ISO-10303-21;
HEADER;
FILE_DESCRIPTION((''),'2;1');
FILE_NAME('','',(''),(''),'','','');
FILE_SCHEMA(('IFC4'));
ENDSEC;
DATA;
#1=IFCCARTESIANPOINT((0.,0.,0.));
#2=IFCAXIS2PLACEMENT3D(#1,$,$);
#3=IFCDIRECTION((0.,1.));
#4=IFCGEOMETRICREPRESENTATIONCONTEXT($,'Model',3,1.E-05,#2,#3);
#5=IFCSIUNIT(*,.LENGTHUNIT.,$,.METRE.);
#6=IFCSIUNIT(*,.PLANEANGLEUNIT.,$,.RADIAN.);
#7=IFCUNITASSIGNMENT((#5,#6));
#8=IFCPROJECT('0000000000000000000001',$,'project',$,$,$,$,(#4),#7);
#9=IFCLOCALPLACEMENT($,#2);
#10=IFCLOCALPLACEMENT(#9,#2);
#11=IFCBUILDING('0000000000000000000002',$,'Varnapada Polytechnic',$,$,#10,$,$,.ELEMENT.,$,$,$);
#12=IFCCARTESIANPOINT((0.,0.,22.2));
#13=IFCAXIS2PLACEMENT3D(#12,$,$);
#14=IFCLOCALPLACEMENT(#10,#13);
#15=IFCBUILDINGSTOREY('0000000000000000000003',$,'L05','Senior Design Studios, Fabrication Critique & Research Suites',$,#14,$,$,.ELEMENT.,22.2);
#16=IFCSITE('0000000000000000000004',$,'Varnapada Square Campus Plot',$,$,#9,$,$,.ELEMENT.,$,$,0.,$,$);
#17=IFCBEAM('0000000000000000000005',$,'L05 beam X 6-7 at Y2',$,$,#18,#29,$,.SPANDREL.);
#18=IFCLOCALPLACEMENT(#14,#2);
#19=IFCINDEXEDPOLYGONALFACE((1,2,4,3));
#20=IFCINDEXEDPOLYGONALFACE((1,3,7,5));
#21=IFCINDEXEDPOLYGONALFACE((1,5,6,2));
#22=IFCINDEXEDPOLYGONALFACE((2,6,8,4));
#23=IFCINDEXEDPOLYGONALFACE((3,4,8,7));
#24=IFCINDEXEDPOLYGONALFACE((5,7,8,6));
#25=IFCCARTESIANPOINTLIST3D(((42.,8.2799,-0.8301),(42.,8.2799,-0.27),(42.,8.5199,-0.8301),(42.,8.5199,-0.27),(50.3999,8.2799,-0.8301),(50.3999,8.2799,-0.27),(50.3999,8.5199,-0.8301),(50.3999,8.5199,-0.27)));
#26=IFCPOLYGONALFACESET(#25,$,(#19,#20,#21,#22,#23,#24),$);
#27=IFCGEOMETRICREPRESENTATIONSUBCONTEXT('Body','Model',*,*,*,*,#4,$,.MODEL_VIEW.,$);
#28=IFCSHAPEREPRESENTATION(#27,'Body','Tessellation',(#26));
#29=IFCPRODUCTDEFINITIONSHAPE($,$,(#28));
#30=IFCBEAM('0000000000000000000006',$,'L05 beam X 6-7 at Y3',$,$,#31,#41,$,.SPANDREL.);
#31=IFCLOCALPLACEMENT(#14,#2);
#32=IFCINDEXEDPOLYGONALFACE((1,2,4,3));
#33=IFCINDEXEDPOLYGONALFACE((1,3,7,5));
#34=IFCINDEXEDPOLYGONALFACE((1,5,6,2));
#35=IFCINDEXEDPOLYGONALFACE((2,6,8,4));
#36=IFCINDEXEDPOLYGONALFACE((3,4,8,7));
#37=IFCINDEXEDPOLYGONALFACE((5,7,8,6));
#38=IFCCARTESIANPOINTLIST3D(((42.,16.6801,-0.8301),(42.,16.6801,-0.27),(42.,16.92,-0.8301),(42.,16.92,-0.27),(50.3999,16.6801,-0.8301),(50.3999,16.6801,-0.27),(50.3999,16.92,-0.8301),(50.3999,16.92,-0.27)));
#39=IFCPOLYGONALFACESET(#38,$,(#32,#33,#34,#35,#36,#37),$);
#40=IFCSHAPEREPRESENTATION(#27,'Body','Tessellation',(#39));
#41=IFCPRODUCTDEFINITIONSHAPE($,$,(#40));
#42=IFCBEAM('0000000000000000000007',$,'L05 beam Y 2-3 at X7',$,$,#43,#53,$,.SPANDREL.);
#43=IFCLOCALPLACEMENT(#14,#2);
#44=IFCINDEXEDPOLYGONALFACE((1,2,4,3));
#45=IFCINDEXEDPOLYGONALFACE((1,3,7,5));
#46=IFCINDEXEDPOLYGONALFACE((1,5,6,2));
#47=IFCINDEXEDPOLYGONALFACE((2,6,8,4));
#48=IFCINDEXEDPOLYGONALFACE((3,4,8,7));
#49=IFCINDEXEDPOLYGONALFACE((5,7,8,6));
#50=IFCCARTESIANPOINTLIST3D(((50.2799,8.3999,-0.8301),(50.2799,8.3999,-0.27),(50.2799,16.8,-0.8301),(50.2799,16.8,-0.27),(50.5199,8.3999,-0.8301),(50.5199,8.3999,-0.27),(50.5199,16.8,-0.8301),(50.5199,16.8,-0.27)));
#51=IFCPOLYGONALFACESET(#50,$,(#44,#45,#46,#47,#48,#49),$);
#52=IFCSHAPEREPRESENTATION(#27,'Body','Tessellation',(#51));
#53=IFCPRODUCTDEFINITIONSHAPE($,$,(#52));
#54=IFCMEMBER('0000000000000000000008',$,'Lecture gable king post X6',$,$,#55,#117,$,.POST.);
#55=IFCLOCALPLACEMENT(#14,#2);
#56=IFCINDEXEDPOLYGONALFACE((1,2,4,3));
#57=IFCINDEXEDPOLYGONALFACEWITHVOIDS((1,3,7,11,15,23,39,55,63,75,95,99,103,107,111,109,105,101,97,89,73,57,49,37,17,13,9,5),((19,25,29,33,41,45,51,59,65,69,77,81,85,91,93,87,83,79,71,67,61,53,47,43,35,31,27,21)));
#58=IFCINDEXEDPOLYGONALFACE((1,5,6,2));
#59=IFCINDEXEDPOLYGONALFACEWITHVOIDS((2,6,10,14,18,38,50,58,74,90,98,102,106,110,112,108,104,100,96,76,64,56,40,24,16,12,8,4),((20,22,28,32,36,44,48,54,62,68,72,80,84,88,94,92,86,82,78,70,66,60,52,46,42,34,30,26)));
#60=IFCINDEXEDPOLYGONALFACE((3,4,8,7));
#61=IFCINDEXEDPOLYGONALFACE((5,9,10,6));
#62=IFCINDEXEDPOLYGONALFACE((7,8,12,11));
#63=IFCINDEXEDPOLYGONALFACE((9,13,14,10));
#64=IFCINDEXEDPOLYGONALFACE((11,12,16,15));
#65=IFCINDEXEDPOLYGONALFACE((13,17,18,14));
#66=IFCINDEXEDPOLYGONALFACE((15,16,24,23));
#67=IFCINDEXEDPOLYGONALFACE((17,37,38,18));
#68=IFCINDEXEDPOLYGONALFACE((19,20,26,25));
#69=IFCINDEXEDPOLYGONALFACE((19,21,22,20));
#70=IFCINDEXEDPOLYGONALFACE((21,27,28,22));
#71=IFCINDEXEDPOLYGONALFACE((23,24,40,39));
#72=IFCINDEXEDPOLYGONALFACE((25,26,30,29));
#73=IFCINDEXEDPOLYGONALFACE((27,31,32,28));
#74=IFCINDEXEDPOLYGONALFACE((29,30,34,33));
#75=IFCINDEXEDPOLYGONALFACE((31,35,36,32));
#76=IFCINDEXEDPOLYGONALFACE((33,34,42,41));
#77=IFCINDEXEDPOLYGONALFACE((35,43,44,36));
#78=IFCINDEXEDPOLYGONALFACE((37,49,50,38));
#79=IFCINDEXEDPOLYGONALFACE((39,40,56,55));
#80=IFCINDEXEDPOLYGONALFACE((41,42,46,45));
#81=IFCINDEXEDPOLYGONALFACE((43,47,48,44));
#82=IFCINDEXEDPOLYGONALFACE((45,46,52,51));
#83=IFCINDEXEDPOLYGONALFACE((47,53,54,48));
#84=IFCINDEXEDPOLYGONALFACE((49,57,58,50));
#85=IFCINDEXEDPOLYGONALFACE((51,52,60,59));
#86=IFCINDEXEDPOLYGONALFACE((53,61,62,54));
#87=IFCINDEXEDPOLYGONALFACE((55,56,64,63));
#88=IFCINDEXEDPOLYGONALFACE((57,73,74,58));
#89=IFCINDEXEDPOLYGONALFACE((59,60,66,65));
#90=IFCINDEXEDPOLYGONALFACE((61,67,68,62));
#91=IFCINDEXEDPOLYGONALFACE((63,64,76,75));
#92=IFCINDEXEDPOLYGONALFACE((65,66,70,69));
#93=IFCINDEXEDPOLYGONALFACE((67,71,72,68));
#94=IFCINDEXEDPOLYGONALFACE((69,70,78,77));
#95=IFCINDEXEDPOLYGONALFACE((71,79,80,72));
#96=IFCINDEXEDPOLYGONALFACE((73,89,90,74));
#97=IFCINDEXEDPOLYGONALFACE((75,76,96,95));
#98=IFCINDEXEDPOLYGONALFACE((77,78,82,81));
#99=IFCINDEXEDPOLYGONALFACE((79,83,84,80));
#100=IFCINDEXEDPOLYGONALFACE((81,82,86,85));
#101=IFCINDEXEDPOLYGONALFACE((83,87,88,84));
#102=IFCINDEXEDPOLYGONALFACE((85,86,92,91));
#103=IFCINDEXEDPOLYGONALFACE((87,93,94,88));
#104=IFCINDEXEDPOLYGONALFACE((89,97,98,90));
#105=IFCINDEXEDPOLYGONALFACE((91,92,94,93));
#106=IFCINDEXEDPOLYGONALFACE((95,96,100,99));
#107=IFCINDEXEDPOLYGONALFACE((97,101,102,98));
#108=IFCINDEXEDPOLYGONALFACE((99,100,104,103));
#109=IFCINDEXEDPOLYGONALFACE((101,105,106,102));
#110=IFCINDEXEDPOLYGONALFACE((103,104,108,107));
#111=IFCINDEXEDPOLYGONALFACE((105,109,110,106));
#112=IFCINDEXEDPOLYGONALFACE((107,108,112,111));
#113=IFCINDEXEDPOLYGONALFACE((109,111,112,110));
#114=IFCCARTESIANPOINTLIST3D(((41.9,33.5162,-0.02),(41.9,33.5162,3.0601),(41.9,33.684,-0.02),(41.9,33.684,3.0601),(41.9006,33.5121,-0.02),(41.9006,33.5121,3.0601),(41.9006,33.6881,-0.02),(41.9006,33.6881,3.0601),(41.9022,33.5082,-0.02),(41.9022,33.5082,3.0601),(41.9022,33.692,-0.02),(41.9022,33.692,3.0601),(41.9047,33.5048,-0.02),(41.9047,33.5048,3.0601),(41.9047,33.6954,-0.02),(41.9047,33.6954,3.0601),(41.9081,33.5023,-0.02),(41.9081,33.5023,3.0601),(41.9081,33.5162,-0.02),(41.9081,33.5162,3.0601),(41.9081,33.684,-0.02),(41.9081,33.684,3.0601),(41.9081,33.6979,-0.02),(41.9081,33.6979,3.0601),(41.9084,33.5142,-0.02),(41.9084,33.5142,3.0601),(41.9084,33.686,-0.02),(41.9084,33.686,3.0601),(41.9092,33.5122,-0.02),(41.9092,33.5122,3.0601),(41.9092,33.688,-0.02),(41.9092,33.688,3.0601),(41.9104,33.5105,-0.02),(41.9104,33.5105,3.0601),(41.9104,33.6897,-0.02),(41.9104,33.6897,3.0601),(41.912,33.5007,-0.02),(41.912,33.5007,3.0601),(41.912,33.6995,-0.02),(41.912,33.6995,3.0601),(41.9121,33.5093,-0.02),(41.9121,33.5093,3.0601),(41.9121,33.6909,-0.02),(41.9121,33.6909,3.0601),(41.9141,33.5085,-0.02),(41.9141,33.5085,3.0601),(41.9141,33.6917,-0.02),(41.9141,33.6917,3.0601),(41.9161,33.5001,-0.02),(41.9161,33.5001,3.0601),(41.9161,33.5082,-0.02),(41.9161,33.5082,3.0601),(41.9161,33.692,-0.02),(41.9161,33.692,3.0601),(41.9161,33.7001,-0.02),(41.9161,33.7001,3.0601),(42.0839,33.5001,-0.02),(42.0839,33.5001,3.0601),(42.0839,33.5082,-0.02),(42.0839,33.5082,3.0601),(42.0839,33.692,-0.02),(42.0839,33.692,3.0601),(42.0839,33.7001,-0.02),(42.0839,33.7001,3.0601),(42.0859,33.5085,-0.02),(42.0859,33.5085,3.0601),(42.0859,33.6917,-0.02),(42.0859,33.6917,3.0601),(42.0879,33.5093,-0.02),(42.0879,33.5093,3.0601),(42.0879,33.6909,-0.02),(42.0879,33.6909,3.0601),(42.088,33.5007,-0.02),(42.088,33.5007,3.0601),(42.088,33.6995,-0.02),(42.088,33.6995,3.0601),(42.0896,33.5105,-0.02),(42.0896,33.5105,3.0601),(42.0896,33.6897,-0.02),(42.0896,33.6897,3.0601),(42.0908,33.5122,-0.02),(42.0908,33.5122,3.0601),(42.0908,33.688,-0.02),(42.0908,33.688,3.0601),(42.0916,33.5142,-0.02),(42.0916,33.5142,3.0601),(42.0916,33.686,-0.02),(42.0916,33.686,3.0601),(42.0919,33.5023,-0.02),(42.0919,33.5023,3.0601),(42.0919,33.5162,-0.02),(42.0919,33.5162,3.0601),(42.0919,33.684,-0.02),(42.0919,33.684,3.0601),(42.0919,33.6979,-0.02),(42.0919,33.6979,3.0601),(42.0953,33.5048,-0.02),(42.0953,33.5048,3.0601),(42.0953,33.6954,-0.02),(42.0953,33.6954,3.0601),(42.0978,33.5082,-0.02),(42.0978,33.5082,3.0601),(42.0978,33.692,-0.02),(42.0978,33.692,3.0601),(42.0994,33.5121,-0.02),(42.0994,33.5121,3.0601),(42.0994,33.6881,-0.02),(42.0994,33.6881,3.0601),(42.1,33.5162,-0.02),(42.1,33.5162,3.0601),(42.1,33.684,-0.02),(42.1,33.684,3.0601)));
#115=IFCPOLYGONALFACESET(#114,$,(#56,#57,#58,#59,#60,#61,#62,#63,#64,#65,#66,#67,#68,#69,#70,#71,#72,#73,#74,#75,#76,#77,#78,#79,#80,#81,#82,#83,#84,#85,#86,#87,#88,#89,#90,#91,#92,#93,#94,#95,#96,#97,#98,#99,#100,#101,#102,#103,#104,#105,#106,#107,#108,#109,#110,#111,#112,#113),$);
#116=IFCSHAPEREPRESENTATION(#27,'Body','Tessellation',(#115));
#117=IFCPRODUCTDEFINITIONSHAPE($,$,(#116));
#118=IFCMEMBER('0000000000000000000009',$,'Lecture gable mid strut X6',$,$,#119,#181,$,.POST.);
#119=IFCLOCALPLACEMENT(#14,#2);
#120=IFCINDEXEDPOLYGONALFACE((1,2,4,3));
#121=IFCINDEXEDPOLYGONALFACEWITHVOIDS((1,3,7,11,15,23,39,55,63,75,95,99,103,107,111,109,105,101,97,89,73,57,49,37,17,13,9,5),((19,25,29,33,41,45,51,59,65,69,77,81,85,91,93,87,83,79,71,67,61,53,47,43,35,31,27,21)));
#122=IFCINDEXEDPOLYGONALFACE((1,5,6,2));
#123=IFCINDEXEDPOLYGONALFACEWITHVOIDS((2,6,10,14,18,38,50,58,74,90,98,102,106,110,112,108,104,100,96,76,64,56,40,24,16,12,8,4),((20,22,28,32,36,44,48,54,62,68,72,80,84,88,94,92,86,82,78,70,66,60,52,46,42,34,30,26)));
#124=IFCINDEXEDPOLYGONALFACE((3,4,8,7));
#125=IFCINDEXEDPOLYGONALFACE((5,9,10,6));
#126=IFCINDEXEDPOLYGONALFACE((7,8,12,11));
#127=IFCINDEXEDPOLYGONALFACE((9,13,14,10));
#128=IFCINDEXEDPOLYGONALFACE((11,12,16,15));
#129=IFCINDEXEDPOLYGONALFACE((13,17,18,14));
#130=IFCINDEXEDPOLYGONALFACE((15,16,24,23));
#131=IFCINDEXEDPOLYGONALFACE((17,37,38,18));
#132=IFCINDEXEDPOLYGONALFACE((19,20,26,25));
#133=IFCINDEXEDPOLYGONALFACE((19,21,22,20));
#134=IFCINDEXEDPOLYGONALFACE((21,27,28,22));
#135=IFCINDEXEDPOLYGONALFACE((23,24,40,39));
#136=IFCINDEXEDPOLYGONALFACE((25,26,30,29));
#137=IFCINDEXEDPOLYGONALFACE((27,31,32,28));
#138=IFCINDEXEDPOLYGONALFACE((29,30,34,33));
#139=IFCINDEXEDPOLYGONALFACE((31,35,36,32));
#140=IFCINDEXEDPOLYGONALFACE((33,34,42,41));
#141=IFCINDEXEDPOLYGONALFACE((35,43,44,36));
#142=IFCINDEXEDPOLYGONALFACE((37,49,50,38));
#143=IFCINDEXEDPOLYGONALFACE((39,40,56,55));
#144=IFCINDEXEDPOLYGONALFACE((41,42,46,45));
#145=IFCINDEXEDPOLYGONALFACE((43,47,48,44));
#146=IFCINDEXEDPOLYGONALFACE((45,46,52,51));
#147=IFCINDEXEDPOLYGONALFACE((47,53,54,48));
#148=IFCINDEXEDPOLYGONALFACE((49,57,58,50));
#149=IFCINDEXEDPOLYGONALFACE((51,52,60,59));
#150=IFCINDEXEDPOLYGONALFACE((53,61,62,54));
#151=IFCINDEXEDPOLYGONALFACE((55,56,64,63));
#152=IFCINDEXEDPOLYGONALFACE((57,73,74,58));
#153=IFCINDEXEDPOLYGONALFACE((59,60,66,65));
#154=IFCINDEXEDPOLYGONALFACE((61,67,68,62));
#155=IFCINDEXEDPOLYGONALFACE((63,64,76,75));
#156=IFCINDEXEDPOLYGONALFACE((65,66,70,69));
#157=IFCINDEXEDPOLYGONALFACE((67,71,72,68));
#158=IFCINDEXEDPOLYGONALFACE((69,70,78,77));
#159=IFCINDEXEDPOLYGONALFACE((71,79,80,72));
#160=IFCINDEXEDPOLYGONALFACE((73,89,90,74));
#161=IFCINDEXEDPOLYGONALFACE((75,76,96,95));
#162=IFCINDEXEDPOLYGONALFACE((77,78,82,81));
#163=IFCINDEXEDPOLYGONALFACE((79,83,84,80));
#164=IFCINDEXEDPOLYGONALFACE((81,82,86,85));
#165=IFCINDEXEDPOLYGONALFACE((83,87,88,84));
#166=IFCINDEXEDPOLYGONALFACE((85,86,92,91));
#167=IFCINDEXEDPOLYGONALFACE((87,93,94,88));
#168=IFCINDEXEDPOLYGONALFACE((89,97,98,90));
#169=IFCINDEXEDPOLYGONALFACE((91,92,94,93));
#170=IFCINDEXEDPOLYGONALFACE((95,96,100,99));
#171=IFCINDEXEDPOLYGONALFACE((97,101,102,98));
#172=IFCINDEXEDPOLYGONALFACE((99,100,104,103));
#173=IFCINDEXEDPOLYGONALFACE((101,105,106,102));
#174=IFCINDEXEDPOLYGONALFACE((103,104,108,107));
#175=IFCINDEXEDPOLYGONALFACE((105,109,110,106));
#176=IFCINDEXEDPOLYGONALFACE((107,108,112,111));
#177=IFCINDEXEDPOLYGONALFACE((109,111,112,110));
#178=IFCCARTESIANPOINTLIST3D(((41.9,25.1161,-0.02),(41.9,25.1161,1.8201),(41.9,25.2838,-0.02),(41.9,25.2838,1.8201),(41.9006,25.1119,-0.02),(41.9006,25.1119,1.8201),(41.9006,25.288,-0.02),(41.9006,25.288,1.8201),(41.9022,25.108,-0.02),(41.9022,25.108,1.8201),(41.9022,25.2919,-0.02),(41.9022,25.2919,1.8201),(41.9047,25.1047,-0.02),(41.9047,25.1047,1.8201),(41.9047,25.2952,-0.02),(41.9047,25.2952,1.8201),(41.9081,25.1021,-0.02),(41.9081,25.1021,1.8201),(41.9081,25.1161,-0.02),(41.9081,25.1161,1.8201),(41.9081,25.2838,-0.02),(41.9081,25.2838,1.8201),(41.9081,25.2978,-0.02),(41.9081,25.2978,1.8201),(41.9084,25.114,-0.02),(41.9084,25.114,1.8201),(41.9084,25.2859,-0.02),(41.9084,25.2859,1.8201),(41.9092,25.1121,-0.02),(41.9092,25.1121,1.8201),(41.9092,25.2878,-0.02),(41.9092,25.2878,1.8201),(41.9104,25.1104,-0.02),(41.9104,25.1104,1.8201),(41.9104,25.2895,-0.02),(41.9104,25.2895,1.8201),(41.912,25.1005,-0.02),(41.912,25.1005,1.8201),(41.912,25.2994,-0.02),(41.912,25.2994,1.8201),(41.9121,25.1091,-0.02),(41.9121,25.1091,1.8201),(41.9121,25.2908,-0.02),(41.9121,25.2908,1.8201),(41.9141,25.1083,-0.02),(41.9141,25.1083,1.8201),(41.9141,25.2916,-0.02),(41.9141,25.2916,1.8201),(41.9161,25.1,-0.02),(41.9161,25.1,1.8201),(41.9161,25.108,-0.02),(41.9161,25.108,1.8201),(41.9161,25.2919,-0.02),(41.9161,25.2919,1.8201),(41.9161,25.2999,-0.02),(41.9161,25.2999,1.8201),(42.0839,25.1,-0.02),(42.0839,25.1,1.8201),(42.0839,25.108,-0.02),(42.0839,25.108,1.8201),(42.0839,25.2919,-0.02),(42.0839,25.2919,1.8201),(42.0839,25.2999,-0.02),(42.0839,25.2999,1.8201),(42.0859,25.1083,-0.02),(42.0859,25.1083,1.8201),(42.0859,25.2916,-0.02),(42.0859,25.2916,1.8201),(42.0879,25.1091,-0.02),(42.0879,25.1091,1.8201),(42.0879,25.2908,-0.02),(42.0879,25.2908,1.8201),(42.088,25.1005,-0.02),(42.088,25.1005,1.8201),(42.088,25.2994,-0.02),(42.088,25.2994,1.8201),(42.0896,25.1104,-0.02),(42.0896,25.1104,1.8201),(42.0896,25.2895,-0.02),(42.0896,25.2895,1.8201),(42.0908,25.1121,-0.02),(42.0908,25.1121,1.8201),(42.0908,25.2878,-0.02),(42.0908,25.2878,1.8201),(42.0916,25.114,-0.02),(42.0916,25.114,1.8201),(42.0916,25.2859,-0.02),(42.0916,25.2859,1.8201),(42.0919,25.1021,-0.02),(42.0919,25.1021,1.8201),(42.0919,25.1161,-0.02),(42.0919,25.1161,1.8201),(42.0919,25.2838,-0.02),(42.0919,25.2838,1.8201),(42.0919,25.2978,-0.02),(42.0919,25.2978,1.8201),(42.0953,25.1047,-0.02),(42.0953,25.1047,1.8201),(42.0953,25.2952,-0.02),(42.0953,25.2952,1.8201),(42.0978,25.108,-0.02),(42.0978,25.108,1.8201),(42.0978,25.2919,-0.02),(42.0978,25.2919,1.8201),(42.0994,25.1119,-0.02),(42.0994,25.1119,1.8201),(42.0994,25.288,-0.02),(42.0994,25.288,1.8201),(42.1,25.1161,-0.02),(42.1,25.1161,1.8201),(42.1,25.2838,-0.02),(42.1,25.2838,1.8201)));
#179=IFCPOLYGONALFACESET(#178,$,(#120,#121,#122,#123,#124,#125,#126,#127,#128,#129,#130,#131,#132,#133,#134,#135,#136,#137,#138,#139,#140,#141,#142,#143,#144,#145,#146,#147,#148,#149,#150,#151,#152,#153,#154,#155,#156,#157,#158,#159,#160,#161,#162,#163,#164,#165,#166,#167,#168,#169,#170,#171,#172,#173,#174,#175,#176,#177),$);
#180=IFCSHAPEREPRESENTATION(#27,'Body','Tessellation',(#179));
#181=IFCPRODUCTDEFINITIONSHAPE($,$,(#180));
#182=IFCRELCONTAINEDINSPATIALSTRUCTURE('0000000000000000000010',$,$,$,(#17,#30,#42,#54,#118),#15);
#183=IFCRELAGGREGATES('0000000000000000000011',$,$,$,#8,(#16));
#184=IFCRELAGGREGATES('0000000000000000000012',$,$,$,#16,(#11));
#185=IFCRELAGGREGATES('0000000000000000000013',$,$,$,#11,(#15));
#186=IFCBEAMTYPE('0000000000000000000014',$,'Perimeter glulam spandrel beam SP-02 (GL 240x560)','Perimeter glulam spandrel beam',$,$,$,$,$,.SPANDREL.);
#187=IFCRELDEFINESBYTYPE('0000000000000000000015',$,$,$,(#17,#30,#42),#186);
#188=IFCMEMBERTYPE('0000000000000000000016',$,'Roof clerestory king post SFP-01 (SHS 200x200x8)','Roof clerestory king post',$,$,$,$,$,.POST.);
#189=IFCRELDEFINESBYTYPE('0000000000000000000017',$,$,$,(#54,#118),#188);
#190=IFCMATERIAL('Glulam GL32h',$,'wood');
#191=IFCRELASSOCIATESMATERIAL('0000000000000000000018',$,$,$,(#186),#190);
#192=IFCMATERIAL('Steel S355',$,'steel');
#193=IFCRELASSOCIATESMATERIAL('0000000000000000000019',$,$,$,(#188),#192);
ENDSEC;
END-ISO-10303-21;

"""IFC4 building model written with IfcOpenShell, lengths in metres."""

from ifc_helpers import new_model, si_unit, direction, frame, origin, origin_2d, place, context, subcontext, project, spatial, rectangle, hollow_rectangle, extrude, material, material_profile, profile_set, type_object, element, save


model = new_model("IFC4")

# Units and contexts
model_context = context("Model", 3, precision=1e-05, world=origin(), true_north=direction((0.0, 1.0)))
body_context = subcontext(model_context, "Body", "Model", "MODEL_VIEW")
ifc_project = project(units=[si_unit("LENGTHUNIT", "METRE"), si_unit("PLANEANGLEUNIT", "RADIAN")], contexts=[model_context])

# Site, building, storey
site_placement = place(None, origin())
site = spatial("IfcSite", under=ifc_project, at=site_placement, Name="Varnapada Square Campus Plot", CompositionType="ELEMENT", RefElevation=0.0)
building_placement = place(site_placement, origin())
building = spatial("IfcBuilding", under=site, at=building_placement, Name="Varnapada Polytechnic", CompositionType="ELEMENT")
storey_placement = place(building_placement, frame((0.0, 0.0, 22.2)))
storey = spatial("IfcBuildingStorey", under=building, at=storey_placement, Name="L05", Description="Senior Design Studios, Fabrication Critique & Research Suites", CompositionType="ELEMENT", Elevation=22.2)

# Shared definitions
ifc_material_1 = material(Name="Steel S355", Category="steel")

# Beams
ifc_material_2 = material(Name="Glulam GL32h", Category="wood")
ifc_material_profile_1 = material_profile(ifc_material_2, rectangle(XDim=0.24, YDim=0.5601, at=origin_2d()), Name="GL 240x560")
ifc_profile_set_1 = profile_set([ifc_material_profile_1], Name="Glulam GL32h")
beam_type_1 = type_object("IfcBeamType", Name="Perimeter glulam spandrel beam SP-02 (GL 240x560)", Description="Perimeter glulam spandrel beam", PredefinedType="SPANDREL", material=ifc_profile_set_1)
for number, where, z_axis, x_axis, name in (
    (1, (42.0, 8.3999, -0.55), (1.0, 0.0, 0.0), (0.0, 1.0, 0.0), "L05 beam X 6-7 at Y2"),
    (2, (42.0, 16.8, -0.55), (1.0, 0.0, 0.0), (0.0, 1.0, 0.0), "L05 beam X 6-7 at Y3"),
):
    element("IfcBeam", number, at=place(storey_placement, frame(where, z_axis=z_axis, x_axis=x_axis)), inside=storey, type_object=beam_type_1, Name=name, PredefinedType="SPANDREL", context=body_context, shape_type="SweptSolid", body=[
        extrude(rectangle(XDim=0.24, YDim=0.5601, at=origin_2d()), origin(), (0.0, 0.0, 1.0), 8.3999),
    ])
beam_1_placement = place(storey_placement, frame((50.3999, 8.3999, -0.55), z_axis=(0.0, 1.0, 0.0), x_axis=(-1.0, 0.0, 0.0)))
element("IfcBeam", 3, at=beam_1_placement, inside=storey, type_object=beam_type_1, Name="L05 beam Y 2-3 at X7", PredefinedType="SPANDREL", context=body_context, shape_type="SweptSolid", body=[
    extrude(rectangle(XDim=0.24, YDim=0.5601, at=origin_2d()), origin(), (0.0, 0.0, 1.0), 8.4001),
])

# Members
ifc_material_profile_2 = material_profile(ifc_material_1, hollow_rectangle(XDim=0.2, YDim=0.2, WallThickness=0.0081, InnerFilletRadius=0.0081, OuterFilletRadius=0.0161, at=origin_2d()), Name="SHS 200x200x8")
ifc_profile_set_2 = profile_set([ifc_material_profile_2], Name="Steel S355")
member_type_1 = type_object("IfcMemberType", Name="Roof clerestory king post SFP-01 (SHS 200x200x8)", Description="Roof clerestory king post", PredefinedType="POST", material=ifc_profile_set_2)
member_1_placement = place(storey_placement, frame((42.0, 33.6001, -0.02), z_axis=(0.0, 0.0, 1.0), x_axis=(1.0, 0.0, 0.0)))
element("IfcMember", 4, at=member_1_placement, inside=storey, type_object=member_type_1, Name="Lecture gable king post X6", PredefinedType="POST", context=body_context, shape_type="SweptSolid", body=[
    extrude(hollow_rectangle(XDim=0.2, YDim=0.2, WallThickness=0.0081, InnerFilletRadius=0.0081, OuterFilletRadius=0.0161, at=origin_2d()), origin(), (0.0, 0.0, 1.0), 3.0801),
])
member_2_placement = place(storey_placement, frame((42.0, 25.2, -0.02), z_axis=(0.0, 0.0, 1.0), x_axis=(1.0, 0.0, 0.0)))
element("IfcMember", 5, at=member_2_placement, inside=storey, type_object=member_type_1, Name="Lecture gable mid strut X6", PredefinedType="POST", context=body_context, shape_type="SweptSolid", body=[
    extrude(hollow_rectangle(XDim=0.2, YDim=0.2, WallThickness=0.0081, InnerFilletRadius=0.0081, OuterFilletRadius=0.0161, at=origin_2d()), origin(), (0.0, 0.0, 1.0), 1.8401),
])

save(model, "model.ifc")
